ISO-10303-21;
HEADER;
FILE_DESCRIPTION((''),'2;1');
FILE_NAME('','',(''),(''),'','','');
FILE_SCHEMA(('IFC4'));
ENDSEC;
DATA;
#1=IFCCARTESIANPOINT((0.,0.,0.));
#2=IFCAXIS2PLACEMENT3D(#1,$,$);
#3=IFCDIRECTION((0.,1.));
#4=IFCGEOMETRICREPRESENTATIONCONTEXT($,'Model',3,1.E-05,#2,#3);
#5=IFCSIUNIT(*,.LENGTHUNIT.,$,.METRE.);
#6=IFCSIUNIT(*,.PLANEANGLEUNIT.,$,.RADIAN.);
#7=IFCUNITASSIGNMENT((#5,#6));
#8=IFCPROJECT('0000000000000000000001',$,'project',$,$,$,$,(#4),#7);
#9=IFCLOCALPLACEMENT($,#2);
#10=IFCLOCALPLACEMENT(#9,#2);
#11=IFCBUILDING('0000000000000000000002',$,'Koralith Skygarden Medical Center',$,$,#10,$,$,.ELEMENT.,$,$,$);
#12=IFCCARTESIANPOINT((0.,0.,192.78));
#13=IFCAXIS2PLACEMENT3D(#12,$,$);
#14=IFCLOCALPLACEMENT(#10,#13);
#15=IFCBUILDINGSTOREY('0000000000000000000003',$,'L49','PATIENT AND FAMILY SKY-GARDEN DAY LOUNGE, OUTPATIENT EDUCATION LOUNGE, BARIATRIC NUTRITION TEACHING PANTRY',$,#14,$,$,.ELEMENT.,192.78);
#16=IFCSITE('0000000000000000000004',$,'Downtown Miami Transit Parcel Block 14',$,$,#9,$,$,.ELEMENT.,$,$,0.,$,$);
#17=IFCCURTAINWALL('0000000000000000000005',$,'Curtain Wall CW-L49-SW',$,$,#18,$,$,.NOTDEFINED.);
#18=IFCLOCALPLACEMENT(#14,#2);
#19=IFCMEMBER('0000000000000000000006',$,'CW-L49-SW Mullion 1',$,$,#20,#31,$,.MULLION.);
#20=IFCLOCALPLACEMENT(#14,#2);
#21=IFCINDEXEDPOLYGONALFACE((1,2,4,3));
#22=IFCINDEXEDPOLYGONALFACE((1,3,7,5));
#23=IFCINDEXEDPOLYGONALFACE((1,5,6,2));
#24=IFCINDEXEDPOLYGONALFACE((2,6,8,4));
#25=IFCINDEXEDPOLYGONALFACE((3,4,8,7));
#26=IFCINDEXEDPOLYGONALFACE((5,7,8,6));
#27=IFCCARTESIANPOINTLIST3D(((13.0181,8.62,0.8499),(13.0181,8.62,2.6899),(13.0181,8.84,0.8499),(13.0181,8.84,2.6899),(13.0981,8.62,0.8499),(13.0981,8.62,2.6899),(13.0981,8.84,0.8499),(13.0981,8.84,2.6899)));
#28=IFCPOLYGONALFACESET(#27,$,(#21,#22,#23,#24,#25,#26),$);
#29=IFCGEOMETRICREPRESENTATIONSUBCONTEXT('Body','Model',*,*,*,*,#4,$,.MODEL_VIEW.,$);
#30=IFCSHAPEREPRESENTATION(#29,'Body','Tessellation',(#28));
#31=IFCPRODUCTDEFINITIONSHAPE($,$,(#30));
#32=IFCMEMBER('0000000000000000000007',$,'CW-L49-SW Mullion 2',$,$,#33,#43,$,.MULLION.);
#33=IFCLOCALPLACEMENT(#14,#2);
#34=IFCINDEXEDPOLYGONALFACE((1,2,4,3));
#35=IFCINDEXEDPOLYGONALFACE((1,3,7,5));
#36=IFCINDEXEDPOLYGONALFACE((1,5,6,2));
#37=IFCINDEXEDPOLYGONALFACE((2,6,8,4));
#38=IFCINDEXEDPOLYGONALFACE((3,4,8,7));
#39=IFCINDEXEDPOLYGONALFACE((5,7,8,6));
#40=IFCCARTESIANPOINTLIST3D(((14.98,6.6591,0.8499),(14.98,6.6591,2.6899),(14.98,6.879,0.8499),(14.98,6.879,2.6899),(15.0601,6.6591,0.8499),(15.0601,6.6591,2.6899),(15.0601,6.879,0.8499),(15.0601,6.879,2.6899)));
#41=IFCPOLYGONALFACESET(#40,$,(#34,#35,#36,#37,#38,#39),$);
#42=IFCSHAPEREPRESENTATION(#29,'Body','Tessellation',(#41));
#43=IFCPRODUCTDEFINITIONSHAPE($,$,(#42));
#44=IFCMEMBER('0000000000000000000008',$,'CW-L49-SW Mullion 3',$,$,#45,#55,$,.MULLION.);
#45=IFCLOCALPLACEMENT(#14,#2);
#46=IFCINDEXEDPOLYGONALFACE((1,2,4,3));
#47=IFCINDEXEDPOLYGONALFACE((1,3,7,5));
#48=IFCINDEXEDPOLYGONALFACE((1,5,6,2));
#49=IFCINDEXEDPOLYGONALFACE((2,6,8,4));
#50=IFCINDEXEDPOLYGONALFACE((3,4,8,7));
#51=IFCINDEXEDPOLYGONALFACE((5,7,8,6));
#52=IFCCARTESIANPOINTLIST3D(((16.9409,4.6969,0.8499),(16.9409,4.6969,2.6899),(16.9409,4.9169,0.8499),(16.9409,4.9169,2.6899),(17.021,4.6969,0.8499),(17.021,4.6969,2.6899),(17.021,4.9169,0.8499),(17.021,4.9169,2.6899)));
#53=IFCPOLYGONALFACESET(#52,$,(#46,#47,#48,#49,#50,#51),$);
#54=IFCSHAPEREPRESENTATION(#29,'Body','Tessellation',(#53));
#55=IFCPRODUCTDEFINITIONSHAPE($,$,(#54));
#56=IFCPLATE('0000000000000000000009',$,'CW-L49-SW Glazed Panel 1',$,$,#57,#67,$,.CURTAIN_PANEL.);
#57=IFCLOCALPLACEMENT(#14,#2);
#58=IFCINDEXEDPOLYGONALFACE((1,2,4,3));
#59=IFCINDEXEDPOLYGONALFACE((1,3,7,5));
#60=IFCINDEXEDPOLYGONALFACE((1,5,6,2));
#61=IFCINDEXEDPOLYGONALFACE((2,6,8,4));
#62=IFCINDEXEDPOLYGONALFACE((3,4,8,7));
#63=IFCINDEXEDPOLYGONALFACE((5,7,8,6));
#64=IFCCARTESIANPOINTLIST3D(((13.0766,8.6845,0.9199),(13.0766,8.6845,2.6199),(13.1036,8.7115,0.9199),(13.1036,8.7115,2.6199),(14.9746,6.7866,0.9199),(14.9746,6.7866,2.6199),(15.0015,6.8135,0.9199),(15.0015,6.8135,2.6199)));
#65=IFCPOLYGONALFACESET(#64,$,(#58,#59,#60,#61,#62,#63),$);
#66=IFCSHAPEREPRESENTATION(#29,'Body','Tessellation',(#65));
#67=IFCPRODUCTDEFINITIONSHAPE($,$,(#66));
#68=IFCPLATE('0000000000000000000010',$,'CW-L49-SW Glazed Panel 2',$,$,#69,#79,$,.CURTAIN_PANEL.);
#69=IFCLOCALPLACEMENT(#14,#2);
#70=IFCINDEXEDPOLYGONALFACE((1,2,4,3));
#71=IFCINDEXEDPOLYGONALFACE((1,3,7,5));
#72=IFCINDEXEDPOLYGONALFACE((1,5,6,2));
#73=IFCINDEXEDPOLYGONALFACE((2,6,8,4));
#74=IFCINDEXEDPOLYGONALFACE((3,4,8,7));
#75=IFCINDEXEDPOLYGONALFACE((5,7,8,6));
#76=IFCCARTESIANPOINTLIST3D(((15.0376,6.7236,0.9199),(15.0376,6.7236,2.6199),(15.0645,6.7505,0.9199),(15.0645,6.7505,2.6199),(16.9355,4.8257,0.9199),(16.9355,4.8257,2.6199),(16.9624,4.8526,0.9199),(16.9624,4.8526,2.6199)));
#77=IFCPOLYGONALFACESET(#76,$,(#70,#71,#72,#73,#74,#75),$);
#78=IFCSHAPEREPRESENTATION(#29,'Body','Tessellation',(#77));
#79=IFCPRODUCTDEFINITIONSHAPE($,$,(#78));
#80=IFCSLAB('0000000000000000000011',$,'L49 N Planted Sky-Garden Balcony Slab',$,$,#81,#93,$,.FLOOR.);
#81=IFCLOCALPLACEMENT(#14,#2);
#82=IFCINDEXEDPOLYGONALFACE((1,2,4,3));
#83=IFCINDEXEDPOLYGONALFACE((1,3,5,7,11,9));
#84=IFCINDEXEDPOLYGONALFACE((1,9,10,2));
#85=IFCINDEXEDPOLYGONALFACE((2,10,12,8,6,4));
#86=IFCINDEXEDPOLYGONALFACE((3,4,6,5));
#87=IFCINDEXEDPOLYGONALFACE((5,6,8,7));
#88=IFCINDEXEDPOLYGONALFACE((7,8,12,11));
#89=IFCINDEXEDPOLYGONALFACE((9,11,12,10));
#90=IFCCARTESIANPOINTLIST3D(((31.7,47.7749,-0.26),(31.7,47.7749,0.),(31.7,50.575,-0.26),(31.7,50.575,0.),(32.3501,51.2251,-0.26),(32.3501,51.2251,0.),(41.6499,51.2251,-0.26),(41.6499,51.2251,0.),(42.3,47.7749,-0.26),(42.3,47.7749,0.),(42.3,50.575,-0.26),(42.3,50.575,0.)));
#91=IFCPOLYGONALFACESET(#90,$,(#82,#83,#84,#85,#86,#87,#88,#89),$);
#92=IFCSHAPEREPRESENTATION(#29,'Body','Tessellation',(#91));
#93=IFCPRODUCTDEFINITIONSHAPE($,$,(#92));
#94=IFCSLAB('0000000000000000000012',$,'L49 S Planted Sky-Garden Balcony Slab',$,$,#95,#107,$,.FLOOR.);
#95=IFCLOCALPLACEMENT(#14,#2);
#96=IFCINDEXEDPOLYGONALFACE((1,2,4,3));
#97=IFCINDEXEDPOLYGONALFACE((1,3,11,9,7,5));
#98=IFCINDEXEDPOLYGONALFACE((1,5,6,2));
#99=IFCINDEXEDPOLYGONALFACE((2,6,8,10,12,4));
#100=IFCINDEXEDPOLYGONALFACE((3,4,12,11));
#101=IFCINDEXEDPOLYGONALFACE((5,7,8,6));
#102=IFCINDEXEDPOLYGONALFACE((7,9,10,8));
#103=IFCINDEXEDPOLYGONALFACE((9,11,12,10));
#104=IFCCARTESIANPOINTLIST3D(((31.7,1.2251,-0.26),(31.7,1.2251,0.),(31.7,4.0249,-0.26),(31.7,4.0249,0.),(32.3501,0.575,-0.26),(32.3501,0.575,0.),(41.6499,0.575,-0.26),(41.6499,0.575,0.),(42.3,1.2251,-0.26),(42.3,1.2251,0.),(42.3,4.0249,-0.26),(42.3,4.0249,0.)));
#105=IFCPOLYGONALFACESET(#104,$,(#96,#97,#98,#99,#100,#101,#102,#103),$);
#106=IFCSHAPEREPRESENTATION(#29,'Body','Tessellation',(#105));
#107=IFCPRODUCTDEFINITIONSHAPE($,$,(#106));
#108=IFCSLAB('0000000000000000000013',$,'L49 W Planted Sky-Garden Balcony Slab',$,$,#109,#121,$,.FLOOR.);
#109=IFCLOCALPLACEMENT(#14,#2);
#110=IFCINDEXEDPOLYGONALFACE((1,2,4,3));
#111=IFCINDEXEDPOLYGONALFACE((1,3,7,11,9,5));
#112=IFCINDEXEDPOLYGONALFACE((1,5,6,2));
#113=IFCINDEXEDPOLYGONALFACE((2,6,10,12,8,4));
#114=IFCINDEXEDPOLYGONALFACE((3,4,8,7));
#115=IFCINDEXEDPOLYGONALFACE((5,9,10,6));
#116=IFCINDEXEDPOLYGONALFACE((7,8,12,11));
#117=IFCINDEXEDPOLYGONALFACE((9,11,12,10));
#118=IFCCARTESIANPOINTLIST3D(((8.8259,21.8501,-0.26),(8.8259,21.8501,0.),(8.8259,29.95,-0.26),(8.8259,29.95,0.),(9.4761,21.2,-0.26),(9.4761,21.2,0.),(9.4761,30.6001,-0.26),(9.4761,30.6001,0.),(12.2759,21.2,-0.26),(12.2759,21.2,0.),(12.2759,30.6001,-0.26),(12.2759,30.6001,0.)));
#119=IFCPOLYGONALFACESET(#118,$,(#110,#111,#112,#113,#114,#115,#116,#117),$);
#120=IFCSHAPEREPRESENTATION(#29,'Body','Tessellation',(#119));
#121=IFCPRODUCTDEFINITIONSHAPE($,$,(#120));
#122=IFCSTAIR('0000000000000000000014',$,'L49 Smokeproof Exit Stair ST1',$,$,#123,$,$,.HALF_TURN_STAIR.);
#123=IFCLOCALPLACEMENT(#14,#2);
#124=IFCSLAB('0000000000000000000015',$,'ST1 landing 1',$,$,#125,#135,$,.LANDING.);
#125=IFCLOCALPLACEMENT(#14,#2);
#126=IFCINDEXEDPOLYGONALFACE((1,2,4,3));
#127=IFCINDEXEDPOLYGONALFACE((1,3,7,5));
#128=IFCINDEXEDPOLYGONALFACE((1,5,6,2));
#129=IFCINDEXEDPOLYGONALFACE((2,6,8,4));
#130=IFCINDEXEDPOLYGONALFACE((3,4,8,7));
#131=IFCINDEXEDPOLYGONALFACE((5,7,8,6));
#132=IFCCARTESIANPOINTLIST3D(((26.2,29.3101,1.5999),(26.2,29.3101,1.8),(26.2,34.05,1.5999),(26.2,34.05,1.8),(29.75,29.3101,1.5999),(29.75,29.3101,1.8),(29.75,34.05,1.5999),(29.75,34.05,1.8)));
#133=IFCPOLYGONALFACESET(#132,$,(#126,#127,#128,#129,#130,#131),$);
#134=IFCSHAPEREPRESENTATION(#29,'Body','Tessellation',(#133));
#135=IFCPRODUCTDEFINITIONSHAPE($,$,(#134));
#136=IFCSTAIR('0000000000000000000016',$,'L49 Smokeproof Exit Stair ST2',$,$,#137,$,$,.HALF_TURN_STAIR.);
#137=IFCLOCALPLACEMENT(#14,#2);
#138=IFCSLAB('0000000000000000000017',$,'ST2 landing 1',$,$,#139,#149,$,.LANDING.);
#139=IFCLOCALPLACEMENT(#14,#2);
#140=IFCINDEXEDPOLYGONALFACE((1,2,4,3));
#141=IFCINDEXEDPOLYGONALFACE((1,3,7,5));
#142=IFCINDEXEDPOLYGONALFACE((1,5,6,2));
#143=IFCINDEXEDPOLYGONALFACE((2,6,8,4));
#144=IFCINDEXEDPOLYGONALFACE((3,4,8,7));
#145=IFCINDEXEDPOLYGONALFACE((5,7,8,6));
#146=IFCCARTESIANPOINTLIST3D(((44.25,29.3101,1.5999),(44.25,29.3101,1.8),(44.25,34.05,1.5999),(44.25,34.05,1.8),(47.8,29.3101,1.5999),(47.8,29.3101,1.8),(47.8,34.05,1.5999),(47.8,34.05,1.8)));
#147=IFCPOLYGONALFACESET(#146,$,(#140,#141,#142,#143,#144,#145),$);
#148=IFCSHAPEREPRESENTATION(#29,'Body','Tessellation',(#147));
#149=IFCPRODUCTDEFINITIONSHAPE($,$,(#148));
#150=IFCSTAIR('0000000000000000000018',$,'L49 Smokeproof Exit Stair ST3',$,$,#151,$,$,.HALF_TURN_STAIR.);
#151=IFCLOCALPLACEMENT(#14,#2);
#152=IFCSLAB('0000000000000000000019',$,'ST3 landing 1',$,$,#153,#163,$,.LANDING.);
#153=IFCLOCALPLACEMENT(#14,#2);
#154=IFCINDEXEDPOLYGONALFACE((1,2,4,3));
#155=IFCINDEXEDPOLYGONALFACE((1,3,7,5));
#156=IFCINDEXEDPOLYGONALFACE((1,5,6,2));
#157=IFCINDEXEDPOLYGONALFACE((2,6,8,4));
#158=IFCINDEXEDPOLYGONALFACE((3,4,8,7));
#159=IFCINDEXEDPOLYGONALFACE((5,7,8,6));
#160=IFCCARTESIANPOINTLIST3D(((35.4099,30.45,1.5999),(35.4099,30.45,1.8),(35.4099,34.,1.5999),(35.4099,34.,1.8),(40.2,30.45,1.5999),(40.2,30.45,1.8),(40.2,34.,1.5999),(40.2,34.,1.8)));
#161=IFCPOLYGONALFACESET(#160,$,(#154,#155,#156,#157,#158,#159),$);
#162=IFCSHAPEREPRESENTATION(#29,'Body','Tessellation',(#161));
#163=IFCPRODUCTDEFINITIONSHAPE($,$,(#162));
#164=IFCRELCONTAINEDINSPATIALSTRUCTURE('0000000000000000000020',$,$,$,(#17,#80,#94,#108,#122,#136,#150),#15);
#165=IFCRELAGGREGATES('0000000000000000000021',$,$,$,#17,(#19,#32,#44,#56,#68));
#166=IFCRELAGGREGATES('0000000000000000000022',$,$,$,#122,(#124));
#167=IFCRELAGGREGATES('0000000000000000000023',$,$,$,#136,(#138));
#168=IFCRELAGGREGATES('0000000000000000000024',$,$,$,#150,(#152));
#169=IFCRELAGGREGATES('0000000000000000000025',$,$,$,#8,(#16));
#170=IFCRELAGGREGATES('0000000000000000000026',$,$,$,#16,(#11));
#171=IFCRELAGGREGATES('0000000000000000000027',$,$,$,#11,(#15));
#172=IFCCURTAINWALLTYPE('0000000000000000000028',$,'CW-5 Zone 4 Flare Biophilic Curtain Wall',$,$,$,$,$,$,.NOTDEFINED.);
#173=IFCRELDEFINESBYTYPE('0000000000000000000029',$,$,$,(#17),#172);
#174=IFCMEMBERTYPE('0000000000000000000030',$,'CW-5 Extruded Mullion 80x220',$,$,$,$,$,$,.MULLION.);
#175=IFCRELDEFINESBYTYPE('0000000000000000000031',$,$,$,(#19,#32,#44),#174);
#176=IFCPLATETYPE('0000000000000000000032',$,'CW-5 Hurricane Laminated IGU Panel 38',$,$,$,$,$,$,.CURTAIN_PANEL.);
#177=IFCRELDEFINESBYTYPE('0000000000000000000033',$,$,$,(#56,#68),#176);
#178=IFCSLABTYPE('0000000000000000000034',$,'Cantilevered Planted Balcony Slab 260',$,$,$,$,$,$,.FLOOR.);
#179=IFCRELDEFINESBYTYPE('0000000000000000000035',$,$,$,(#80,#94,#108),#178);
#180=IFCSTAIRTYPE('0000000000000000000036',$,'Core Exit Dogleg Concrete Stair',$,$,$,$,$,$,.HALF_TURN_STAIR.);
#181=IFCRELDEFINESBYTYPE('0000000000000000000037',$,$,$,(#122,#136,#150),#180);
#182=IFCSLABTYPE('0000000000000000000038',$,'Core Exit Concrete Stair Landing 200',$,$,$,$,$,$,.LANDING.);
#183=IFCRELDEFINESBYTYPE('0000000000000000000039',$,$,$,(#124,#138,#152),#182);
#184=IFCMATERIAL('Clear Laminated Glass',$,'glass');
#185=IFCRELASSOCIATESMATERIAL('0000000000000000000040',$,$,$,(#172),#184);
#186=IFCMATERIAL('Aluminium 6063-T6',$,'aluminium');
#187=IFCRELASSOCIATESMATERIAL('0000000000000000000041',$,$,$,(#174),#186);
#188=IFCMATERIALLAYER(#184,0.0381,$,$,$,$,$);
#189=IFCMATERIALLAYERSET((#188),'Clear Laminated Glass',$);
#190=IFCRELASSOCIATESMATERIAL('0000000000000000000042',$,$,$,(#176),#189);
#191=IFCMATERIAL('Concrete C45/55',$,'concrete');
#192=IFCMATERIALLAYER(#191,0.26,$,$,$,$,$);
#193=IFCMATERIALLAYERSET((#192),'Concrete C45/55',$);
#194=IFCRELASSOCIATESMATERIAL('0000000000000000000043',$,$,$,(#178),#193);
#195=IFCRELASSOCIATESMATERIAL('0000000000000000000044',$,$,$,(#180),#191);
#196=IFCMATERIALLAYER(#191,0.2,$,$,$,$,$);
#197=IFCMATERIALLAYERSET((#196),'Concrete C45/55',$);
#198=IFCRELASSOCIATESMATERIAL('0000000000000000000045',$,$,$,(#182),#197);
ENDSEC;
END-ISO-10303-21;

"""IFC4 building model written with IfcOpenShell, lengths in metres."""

from ifc_helpers import new_model, si_unit, direction, frame, origin, origin_2d, place, context, subcontext, project, spatial, polyline, rectangle, outline, extrude, material, layer, layer_set, material_profile, profile_set, type_object, element, aggregate, save


model = new_model("IFC4")

# Units and contexts
model_context = context("Model", 3, precision=1e-05, world=origin(), true_north=direction((0.0, 1.0)))
body_context = subcontext(model_context, "Body", "Model", "MODEL_VIEW")
ifc_project = project(units=[si_unit("LENGTHUNIT", "METRE"), si_unit("PLANEANGLEUNIT", "RADIAN")], contexts=[model_context])

# Site, building, storey
site_placement = place(None, origin())
site = spatial("IfcSite", under=ifc_project, at=site_placement, Name="Downtown Miami Transit Parcel Block 14", CompositionType="ELEMENT", RefElevation=0.0)
building_placement = place(site_placement, origin())
building = spatial("IfcBuilding", under=site, at=building_placement, Name="Koralith Skygarden Medical Center", CompositionType="ELEMENT")
storey_placement = place(building_placement, frame((0.0, 0.0, 192.78)))
storey = spatial("IfcBuildingStorey", under=building, at=storey_placement, Name="L49", Description="PATIENT AND FAMILY SKY-GARDEN DAY LOUNGE, OUTPATIENT EDUCATION LOUNGE, BARIATRIC NUTRITION TEACHING PANTRY", CompositionType="ELEMENT", Elevation=192.78)

# Curtain wall, members, plates
ifc_material_1 = material(Name="Clear Laminated Glass", Category="glass")
curtain_wall_type = type_object("IfcCurtainWallType", Name="CW-5 Zone 4 Flare Biophilic Curtain Wall", PredefinedType="NOTDEFINED", material=ifc_material_1)
curtain_wall_placement = place(storey_placement, origin())
curtain_wall = element("IfcCurtainWall", 1, at=curtain_wall_placement, inside=storey, type_object=curtain_wall_type, Name="Curtain Wall CW-L49-SW", PredefinedType="NOTDEFINED")
ifc_material_2 = material(Name="Aluminium 6063-T6", Category="aluminium")
ifc_material_profile = material_profile(ifc_material_2, rectangle(XDim=0.0801, YDim=0.22, at=origin_2d()), Name="MUL80X220")
ifc_profile_set = profile_set([ifc_material_profile], Name="Aluminium 6063-T6")
member_type = type_object("IfcMemberType", Name="CW-5 Extruded Mullion 80x220", PredefinedType="MULLION", material=ifc_profile_set)
member_1_placement = place(storey_placement, frame((13.0581, 8.73, 0.8499), z_axis=(0.0, 0.0, 1.0), x_axis=(1.0, 0.0, 0.0)))
member_1 = element("IfcMember", 2, at=member_1_placement, type_object=member_type, Name="CW-L49-SW Mullion 1", PredefinedType="MULLION", context=body_context, shape_type="SweptSolid", body=[
    extrude(rectangle(XDim=0.0801, YDim=0.22, at=origin_2d()), origin(), (0.0, 0.0, 1.0), 1.8401),
])
member_2_placement = place(storey_placement, frame((15.02, 6.769, 0.8499), z_axis=(0.0, 0.0, 1.0), x_axis=(1.0, 0.0, 0.0)))
member_2 = element("IfcMember", 3, at=member_2_placement, type_object=member_type, Name="CW-L49-SW Mullion 2", PredefinedType="MULLION", context=body_context, shape_type="SweptSolid", body=[
    extrude(rectangle(XDim=0.0801, YDim=0.22, at=origin_2d()), origin(), (0.0, 0.0, 1.0), 1.8401),
])
member_3_placement = place(storey_placement, frame((16.981, 4.8069, 0.8499), z_axis=(0.0, 0.0, 1.0), x_axis=(1.0, 0.0, 0.0)))
member_3 = element("IfcMember", 4, at=member_3_placement, type_object=member_type, Name="CW-L49-SW Mullion 3", PredefinedType="MULLION", context=body_context, shape_type="SweptSolid", body=[
    extrude(rectangle(XDim=0.0801, YDim=0.22, at=origin_2d()), origin(), (0.0, 0.0, 1.0), 1.8401),
])
ifc_layer_1 = layer(ifc_material_1, 0.0381)
ifc_layer_set_1 = layer_set([ifc_layer_1], Name="Clear Laminated Glass")
plate_type = type_object("IfcPlateType", Name="CW-5 Hurricane Laminated IGU Panel 38", PredefinedType="CURTAIN_PANEL", material=ifc_layer_set_1)
plate_1_placement = place(storey_placement, frame((14.0391, 7.749, 0.9199), z_axis=(0.0, 0.0, 1.0), x_axis=(0.707107, -0.707107, 0.0)))
plate_1 = element("IfcPlate", 5, at=plate_1_placement, type_object=plate_type, Name="CW-L49-SW Glazed Panel 1", PredefinedType="CURTAIN_PANEL", context=body_context, shape_type="SweptSolid", body=[
    extrude(rectangle(XDim=2.6841, YDim=0.0381, at=origin_2d()), origin(), (0.0, 0.0, 1.0), 1.7),
])
plate_2_placement = place(storey_placement, frame((16.0, 5.7881, 0.9199), z_axis=(0.0, 0.0, 1.0), x_axis=(0.707107, -0.707107, 0.0)))
plate_2 = element("IfcPlate", 6, at=plate_2_placement, type_object=plate_type, Name="CW-L49-SW Glazed Panel 2", PredefinedType="CURTAIN_PANEL", context=body_context, shape_type="SweptSolid", body=[
    extrude(rectangle(XDim=2.6841, YDim=0.0381, at=origin_2d()), origin(), (0.0, 0.0, 1.0), 1.7),
])
aggregate(curtain_wall, [member_1, member_2, member_3, plate_1, plate_2])

# Slabs
ifc_material_3 = material(Name="Concrete C45/55", Category="concrete")
ifc_layer_2 = layer(ifc_material_3, 0.26)
ifc_layer_set_2 = layer_set([ifc_layer_2], Name="Concrete C45/55")
slab_type_1 = type_object("IfcSlabType", Name="Cantilevered Planted Balcony Slab 260", PredefinedType="FLOOR", material=ifc_layer_set_2)
slab_1_placement = place(storey_placement, frame((0.0, 0.0, -0.26)))
element("IfcSlab", 7, at=slab_1_placement, inside=storey, type_object=slab_type_1, Name="L49 N Planted Sky-Garden Balcony Slab", PredefinedType="FLOOR", context=body_context, shape_type="SweptSolid", body=[
    extrude(outline(polyline([(31.7, 47.7749), (42.3, 47.7749), (42.3, 50.575), (41.6499, 51.2251), (32.3501, 51.2251), (31.7, 50.575), (31.7, 47.7749)])), origin(), (0.0, 0.0, 1.0), 0.26),
])
slab_2_placement = place(storey_placement, frame((0.0, 0.0, -0.26)))
element("IfcSlab", 8, at=slab_2_placement, inside=storey, type_object=slab_type_1, Name="L49 S Planted Sky-Garden Balcony Slab", PredefinedType="FLOOR", context=body_context, shape_type="SweptSolid", body=[
    extrude(outline(polyline([(32.3501, 0.575), (41.6499, 0.575), (42.3, 1.2251), (42.3, 4.0249), (31.7, 4.0249), (31.7, 1.2251), (32.3501, 0.575)])), origin(), (0.0, 0.0, 1.0), 0.26),
])
slab_3_placement = place(storey_placement, frame((0.0, 0.0, -0.26)))
element("IfcSlab", 9, at=slab_3_placement, inside=storey, type_object=slab_type_1, Name="L49 W Planted Sky-Garden Balcony Slab", PredefinedType="FLOOR", context=body_context, shape_type="SweptSolid", body=[
    extrude(outline(polyline([(9.4761, 21.2), (12.2759, 21.2), (12.2759, 30.6001), (9.4761, 30.6001), (8.8259, 29.95), (8.8259, 21.8501), (9.4761, 21.2)])), origin(), (0.0, 0.0, 1.0), 0.26),
])

# Stairs, slabs
stair_type = type_object("IfcStairType", Name="Core Exit Dogleg Concrete Stair", PredefinedType="HALF_TURN_STAIR", material=ifc_material_3)
stair_1_placement = place(storey_placement, origin())
stair_1 = element("IfcStair", 10, at=stair_1_placement, inside=storey, type_object=stair_type, Name="L49 Smokeproof Exit Stair ST1", PredefinedType="HALF_TURN_STAIR")
ifc_layer_3 = layer(ifc_material_3, 0.2)
ifc_layer_set_3 = layer_set([ifc_layer_3], Name="Concrete C45/55")
slab_type_2 = type_object("IfcSlabType", Name="Core Exit Concrete Stair Landing 200", PredefinedType="LANDING", material=ifc_layer_set_3)
slab_4_placement = place(storey_placement, frame((0.0, 0.0, 1.5999)))
slab_4 = element("IfcSlab", 11, at=slab_4_placement, type_object=slab_type_2, Name="ST1 landing 1", PredefinedType="LANDING", context=body_context, shape_type="SweptSolid", body=[
    extrude(outline(polyline([(29.75, 29.3101), (29.75, 34.05), (26.2, 34.05), (26.2, 29.3101), (29.75, 29.3101)])), origin(), (0.0, 0.0, 1.0), 0.2002),
])
aggregate(stair_1, [slab_4])
stair_2_placement = place(storey_placement, origin())
stair_2 = element("IfcStair", 12, at=stair_2_placement, inside=storey, type_object=stair_type, Name="L49 Smokeproof Exit Stair ST2", PredefinedType="HALF_TURN_STAIR")
slab_5_placement = place(storey_placement, frame((0.0, 0.0, 1.5999)))
slab_5 = element("IfcSlab", 13, at=slab_5_placement, type_object=slab_type_2, Name="ST2 landing 1", PredefinedType="LANDING", context=body_context, shape_type="SweptSolid", body=[
    extrude(outline(polyline([(47.8, 29.3101), (47.8, 34.05), (44.25, 34.05), (44.25, 29.3101), (47.8, 29.3101)])), origin(), (0.0, 0.0, 1.0), 0.2002),
])
aggregate(stair_2, [slab_5])
stair_3_placement = place(storey_placement, origin())
stair_3 = element("IfcStair", 14, at=stair_3_placement, inside=storey, type_object=stair_type, Name="L49 Smokeproof Exit Stair ST3", PredefinedType="HALF_TURN_STAIR")
slab_6_placement = place(storey_placement, frame((0.0, 0.0, 1.5999)))
slab_6 = element("IfcSlab", 15, at=slab_6_placement, type_object=slab_type_2, Name="ST3 landing 1", PredefinedType="LANDING", context=body_context, shape_type="SweptSolid", body=[
    extrude(outline(polyline([(35.4099, 30.45), (40.2, 30.45), (40.2, 34.0), (35.4099, 34.0), (35.4099, 30.45)])), origin(), (0.0, 0.0, 1.0), 0.2002),
])
aggregate(stair_3, [slab_6])

save(model, "model.ifc")
